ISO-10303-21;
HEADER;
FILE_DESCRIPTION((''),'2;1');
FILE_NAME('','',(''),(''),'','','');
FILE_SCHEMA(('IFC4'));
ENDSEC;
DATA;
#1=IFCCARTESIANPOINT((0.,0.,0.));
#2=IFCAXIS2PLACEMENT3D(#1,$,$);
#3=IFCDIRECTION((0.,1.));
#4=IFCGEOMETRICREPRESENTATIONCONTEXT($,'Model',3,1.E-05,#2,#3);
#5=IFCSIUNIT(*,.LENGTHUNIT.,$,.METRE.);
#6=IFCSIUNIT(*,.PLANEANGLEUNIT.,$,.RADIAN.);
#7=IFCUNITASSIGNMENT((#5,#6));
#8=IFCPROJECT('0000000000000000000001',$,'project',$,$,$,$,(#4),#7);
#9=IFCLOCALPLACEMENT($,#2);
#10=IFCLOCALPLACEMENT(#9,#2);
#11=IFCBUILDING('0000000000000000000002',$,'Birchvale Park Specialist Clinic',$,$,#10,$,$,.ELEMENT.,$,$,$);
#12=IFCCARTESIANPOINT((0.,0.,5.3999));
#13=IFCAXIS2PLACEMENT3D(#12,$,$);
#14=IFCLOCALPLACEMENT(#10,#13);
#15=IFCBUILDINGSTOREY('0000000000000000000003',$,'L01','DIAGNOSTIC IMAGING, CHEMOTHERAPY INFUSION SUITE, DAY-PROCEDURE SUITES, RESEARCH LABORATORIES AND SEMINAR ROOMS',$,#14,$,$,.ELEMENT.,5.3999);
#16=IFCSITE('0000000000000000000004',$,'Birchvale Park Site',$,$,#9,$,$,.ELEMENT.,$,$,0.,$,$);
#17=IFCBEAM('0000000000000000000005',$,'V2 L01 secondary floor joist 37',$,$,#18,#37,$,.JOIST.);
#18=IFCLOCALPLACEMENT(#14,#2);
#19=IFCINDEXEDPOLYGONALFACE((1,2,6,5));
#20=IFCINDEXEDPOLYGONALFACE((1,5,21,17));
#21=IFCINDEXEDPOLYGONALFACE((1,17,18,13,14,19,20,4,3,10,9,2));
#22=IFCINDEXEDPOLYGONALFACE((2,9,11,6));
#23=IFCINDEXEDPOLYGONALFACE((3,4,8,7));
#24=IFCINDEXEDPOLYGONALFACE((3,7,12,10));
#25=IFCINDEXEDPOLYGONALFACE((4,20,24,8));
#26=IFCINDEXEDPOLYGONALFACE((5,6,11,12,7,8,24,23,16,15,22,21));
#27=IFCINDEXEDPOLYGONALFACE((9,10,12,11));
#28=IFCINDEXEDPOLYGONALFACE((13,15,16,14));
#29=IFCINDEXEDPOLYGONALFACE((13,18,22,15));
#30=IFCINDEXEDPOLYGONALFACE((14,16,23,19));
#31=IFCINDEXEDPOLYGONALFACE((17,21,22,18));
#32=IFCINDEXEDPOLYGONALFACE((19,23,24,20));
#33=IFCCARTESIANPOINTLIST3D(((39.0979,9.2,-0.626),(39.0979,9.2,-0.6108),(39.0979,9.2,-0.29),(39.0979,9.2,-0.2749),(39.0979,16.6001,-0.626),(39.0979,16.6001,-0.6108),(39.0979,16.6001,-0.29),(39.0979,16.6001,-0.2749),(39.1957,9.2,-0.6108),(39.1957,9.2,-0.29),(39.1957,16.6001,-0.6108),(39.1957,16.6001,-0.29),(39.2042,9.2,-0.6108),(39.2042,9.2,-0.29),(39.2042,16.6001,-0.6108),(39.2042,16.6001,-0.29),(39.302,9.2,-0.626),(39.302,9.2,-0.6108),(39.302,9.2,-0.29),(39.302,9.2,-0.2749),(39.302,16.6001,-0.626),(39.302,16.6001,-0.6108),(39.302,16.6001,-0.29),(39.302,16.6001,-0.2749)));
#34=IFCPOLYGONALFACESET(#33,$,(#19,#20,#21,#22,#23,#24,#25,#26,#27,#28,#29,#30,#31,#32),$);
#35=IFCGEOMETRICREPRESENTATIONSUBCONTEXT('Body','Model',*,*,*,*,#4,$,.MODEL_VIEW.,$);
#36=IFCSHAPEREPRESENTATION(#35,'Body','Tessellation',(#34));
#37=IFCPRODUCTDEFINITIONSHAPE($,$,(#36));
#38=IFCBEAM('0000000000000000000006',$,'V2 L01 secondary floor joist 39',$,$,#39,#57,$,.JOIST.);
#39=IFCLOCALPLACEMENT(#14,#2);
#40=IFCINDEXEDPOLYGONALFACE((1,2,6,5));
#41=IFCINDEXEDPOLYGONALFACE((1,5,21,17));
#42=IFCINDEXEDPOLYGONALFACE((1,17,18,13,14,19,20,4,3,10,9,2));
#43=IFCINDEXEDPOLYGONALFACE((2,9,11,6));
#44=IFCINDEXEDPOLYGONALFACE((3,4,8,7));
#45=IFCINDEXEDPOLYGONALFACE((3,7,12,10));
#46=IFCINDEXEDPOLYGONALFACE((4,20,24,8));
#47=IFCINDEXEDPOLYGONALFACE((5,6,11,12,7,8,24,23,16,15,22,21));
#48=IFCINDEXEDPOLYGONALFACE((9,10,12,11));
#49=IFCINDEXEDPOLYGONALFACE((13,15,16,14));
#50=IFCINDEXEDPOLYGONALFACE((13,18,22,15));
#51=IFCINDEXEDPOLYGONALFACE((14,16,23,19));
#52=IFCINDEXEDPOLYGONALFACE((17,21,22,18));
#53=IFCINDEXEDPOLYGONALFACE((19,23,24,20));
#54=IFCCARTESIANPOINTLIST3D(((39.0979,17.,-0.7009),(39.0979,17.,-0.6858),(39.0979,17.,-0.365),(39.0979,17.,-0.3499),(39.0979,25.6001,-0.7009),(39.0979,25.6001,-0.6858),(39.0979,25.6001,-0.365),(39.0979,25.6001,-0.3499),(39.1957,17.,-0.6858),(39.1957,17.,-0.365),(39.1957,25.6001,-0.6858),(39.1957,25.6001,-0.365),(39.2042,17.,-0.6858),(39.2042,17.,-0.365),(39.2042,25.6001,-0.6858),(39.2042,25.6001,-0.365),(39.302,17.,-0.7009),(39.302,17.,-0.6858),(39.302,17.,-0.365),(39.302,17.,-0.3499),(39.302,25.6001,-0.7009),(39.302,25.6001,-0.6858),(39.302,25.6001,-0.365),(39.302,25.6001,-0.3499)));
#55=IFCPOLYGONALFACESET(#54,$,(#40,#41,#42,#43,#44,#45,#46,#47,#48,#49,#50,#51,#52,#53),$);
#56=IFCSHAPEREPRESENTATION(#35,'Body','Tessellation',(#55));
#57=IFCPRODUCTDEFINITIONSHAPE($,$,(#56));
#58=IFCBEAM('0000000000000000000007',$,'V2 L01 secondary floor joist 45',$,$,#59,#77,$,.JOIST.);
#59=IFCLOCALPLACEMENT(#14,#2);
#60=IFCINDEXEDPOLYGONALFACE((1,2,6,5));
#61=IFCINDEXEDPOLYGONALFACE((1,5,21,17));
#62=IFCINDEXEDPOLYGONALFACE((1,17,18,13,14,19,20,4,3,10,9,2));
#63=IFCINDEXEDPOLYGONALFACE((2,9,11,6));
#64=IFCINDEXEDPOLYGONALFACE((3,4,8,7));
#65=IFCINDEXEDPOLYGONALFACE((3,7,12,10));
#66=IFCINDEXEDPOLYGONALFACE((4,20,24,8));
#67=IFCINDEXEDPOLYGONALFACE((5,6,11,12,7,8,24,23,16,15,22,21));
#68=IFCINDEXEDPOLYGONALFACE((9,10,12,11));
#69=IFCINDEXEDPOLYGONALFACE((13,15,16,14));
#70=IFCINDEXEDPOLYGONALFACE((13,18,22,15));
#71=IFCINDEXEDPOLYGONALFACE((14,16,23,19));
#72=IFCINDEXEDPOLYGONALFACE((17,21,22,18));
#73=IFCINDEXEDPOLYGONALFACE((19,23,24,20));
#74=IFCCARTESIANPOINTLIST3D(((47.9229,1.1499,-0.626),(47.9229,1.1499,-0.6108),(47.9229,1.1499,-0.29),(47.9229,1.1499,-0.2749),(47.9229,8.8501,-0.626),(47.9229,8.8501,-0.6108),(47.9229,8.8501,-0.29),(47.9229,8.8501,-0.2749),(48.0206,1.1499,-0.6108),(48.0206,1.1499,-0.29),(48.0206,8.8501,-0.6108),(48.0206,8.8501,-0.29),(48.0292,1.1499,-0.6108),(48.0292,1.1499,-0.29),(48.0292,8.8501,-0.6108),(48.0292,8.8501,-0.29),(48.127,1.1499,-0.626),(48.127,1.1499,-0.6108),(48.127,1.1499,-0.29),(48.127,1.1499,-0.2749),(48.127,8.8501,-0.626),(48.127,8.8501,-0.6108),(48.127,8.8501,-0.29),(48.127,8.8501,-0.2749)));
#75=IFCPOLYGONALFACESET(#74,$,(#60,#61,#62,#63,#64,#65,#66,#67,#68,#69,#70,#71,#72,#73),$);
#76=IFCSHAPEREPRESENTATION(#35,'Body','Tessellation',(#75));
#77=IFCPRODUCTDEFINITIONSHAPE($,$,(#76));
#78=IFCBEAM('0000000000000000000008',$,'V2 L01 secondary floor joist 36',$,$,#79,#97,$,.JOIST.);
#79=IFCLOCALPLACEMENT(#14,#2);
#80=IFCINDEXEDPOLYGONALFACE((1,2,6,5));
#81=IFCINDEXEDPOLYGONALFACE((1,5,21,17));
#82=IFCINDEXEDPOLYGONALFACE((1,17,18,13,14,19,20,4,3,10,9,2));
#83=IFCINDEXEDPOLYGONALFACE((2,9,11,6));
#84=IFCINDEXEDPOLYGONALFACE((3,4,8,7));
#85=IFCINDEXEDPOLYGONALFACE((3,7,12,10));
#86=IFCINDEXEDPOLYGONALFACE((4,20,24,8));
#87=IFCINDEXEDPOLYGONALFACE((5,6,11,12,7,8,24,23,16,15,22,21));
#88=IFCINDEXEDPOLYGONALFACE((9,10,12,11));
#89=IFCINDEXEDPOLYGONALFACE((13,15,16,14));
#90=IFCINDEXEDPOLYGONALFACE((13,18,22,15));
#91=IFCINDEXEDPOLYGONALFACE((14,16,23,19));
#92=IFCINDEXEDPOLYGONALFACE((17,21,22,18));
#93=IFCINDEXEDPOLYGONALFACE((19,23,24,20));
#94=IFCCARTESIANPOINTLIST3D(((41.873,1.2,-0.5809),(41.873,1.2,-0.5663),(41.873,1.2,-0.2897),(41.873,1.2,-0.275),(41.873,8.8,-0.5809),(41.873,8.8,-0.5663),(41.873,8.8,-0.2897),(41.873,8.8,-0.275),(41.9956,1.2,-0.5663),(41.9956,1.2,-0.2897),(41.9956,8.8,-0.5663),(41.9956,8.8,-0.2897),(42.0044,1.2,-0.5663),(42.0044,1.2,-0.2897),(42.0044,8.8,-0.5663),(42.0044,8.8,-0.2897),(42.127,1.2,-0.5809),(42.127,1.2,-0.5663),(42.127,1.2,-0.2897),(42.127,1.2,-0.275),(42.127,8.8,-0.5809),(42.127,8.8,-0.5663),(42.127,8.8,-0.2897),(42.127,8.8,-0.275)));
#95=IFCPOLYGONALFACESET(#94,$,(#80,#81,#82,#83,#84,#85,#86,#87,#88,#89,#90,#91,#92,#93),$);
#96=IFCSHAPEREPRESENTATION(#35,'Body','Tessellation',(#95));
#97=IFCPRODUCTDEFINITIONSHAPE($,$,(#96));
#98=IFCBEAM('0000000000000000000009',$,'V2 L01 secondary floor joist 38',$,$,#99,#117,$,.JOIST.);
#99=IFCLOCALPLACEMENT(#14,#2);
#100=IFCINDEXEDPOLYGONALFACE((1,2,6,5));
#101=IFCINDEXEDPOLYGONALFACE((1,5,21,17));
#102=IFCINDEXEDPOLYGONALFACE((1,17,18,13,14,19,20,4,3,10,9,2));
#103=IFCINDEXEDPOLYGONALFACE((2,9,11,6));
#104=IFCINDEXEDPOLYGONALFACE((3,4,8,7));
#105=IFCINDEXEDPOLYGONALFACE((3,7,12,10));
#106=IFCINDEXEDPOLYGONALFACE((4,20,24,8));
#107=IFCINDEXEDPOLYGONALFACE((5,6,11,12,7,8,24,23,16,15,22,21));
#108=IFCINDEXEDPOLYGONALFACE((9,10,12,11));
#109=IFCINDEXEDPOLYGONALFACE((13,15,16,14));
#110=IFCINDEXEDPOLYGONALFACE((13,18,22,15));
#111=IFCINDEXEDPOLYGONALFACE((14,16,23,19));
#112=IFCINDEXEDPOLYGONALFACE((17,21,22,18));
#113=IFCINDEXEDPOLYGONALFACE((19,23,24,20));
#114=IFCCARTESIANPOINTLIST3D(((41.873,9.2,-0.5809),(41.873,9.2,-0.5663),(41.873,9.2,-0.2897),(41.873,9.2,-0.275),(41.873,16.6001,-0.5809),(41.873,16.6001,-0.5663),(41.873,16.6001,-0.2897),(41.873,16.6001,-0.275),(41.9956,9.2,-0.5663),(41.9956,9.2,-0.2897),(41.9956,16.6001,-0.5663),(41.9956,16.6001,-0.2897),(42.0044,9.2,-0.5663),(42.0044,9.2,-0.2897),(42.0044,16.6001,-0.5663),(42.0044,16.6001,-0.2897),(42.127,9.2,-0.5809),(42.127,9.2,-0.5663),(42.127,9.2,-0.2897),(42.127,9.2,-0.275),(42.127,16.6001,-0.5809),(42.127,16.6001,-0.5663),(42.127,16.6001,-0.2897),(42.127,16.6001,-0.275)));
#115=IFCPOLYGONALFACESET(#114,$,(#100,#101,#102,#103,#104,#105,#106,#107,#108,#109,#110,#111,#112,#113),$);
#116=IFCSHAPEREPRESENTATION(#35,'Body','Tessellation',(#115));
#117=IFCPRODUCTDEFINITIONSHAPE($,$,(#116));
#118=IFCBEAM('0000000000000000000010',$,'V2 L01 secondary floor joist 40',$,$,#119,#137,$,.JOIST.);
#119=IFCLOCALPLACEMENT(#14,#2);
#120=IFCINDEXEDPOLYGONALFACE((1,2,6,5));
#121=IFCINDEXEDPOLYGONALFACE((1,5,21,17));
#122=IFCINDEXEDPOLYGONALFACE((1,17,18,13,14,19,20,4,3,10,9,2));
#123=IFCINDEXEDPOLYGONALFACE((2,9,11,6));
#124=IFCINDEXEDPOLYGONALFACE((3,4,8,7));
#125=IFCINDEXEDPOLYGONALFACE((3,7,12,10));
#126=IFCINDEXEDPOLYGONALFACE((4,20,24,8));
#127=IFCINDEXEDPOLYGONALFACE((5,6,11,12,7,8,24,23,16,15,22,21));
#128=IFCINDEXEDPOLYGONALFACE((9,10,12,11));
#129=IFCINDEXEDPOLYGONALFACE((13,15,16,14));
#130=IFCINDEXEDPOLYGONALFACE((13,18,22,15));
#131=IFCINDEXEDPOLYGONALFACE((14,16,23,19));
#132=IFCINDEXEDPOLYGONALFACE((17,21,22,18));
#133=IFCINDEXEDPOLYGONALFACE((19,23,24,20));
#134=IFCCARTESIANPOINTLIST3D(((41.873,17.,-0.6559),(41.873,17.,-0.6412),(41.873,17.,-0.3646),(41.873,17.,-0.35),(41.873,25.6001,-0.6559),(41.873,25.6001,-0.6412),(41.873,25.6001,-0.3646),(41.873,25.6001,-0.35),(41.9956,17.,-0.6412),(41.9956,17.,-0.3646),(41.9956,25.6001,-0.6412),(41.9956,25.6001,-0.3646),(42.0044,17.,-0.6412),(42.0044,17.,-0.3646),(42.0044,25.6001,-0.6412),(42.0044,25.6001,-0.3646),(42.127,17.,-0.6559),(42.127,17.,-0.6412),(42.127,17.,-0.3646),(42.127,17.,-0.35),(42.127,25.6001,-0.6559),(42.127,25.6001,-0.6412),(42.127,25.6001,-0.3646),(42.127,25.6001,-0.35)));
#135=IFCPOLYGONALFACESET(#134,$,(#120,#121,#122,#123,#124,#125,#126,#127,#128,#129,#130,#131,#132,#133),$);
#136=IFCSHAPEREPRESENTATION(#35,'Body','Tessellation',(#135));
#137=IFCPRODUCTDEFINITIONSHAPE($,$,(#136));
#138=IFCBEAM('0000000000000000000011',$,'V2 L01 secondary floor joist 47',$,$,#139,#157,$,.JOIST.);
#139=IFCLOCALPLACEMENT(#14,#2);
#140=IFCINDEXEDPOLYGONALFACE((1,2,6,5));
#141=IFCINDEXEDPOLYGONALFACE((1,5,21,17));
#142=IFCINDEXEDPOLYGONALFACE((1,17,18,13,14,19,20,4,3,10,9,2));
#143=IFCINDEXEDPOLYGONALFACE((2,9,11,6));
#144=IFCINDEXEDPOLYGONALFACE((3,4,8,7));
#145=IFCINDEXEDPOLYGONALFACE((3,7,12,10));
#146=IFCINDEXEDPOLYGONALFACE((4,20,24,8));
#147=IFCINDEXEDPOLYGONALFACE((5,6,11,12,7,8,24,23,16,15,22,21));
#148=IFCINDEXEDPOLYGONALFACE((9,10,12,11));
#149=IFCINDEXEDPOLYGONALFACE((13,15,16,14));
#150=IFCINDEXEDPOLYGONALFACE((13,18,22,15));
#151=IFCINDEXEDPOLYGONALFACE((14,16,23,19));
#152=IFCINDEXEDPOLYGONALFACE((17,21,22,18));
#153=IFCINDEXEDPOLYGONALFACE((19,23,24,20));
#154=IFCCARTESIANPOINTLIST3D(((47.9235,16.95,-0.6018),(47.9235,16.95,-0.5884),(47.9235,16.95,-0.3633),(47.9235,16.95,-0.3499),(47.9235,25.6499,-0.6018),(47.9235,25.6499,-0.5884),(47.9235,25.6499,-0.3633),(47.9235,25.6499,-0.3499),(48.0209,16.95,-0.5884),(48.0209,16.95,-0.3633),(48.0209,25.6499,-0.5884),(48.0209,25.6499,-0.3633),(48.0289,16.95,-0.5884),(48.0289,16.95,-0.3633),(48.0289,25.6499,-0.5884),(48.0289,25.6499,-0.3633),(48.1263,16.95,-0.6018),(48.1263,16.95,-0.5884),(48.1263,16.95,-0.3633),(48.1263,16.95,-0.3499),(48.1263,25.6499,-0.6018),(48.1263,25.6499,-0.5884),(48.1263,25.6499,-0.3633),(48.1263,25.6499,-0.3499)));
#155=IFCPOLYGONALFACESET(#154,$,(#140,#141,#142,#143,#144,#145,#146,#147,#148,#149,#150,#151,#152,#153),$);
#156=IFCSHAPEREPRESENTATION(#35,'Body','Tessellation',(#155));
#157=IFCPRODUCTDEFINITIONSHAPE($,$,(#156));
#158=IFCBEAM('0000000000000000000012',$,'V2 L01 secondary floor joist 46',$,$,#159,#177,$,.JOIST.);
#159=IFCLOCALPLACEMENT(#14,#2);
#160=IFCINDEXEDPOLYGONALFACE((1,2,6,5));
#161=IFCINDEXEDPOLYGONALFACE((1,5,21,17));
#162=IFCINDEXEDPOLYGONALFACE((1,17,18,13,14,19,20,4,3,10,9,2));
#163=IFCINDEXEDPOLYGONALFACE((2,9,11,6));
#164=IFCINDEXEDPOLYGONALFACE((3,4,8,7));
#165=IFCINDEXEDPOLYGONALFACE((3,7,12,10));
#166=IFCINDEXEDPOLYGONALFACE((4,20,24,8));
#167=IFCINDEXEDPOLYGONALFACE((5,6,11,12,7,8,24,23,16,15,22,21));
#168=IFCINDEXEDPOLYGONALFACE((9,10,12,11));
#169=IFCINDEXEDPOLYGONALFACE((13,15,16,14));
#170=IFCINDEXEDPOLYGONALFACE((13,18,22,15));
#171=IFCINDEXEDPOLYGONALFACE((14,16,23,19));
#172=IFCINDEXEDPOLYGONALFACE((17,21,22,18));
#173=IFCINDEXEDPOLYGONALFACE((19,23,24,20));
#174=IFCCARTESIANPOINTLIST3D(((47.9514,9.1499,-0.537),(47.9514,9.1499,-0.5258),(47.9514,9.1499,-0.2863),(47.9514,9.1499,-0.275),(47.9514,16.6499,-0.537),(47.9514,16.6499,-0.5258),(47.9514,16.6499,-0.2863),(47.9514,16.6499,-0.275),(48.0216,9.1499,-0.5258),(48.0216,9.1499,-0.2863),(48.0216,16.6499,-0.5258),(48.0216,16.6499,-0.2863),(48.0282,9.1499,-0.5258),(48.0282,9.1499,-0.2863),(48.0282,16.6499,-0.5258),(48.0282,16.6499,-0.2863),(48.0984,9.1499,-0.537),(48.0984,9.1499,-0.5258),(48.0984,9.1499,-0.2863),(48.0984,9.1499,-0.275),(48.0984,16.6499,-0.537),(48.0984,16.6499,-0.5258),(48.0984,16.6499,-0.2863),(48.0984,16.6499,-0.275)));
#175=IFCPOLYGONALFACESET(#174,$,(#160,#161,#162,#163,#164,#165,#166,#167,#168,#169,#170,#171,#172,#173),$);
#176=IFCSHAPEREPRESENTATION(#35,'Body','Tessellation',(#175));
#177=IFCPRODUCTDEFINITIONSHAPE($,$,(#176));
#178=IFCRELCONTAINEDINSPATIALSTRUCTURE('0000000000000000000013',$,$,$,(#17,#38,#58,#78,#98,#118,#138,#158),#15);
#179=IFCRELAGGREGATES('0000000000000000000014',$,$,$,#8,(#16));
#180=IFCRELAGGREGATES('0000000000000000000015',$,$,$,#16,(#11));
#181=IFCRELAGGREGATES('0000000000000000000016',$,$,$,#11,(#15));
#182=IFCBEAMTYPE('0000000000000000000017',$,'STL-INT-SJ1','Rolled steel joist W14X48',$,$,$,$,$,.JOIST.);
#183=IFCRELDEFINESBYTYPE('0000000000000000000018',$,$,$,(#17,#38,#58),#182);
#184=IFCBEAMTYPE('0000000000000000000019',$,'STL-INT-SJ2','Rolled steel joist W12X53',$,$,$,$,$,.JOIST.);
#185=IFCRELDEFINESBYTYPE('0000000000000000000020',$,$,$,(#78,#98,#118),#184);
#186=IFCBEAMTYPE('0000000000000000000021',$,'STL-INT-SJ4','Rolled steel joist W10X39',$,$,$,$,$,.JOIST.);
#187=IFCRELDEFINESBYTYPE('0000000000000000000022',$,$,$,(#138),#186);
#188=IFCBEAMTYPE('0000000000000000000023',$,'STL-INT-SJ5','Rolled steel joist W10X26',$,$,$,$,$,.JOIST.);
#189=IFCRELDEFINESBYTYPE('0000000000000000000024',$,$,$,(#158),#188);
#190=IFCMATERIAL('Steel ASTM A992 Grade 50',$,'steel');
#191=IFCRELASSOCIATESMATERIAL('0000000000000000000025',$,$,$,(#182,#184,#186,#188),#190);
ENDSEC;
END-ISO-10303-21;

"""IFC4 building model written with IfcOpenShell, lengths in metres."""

from ifc_helpers import new_model, si_unit, direction, frame, origin, origin_2d, place, context, subcontext, project, spatial, i_section, extrude, material, material_profile, profile_set, type_object, element, save


model = new_model("IFC4")

# Units and contexts
model_context = context("Model", 3, precision=1e-05, world=origin(), true_north=direction((0.0, 1.0)))
body_context = subcontext(model_context, "Body", "Model", "MODEL_VIEW")
ifc_project = project(units=[si_unit("LENGTHUNIT", "METRE"), si_unit("PLANEANGLEUNIT", "RADIAN")], contexts=[model_context])

# Site, building, storey
site_placement = place(None, origin())
site = spatial("IfcSite", under=ifc_project, at=site_placement, Name="Birchvale Park Site", CompositionType="ELEMENT", RefElevation=0.0)
building_placement = place(site_placement, origin())
building = spatial("IfcBuilding", under=site, at=building_placement, Name="Birchvale Park Specialist Clinic", CompositionType="ELEMENT")
storey_placement = place(building_placement, frame((0.0, 0.0, 5.3999)))
storey = spatial("IfcBuildingStorey", under=building, at=storey_placement, Name="L01", Description="DIAGNOSTIC IMAGING, CHEMOTHERAPY INFUSION SUITE, DAY-PROCEDURE SUITES, RESEARCH LABORATORIES AND SEMINAR ROOMS", CompositionType="ELEMENT", Elevation=5.3999)

# Beams
ifc_material_1 = material(Name="Steel ASTM A992 Grade 50", Category="steel")
ifc_material_profile_1 = material_profile(ifc_material_1, i_section(OverallWidth=0.2041, OverallDepth=0.3511, WebThickness=0.0085, FlangeThickness=0.0151, at=origin_2d()), Name="W14X48")
ifc_profile_set_1 = profile_set([ifc_material_profile_1], Name="Steel ASTM A992 Grade 50")
beam_type_1 = type_object("IfcBeamType", Name="STL-INT-SJ1", Description="Rolled steel joist W14X48", PredefinedType="JOIST", material=ifc_profile_set_1)
beam_1_placement = place(storey_placement, frame((39.2, 9.2, -0.4504), z_axis=(0.0, 1.0, 0.0), x_axis=(-1.0, 0.0, 0.0)))
element("IfcBeam", 1, at=beam_1_placement, inside=storey, type_object=beam_type_1, Name="V2 L01 secondary floor joist 37", PredefinedType="JOIST", context=body_context, shape_type="SweptSolid", body=[
    extrude(i_section(OverallWidth=0.2041, OverallDepth=0.3511, WebThickness=0.0085, FlangeThickness=0.0151, at=origin_2d()), origin(), (0.0, 0.0, 1.0), 7.4001),
])
beam_2_placement = place(storey_placement, frame((39.2, 17.0, -0.5254), z_axis=(0.0, 1.0, 0.0), x_axis=(-1.0, 0.0, 0.0)))
element("IfcBeam", 2, at=beam_2_placement, inside=storey, type_object=beam_type_1, Name="V2 L01 secondary floor joist 39", PredefinedType="JOIST", context=body_context, shape_type="SweptSolid", body=[
    extrude(i_section(OverallWidth=0.2041, OverallDepth=0.3511, WebThickness=0.0085, FlangeThickness=0.0151, at=origin_2d()), origin(), (0.0, 0.0, 1.0), 8.6001),
])
beam_3_placement = place(storey_placement, frame((48.0249, 1.1499, -0.4504), z_axis=(0.0, 1.0, 0.0), x_axis=(-1.0, 0.0, 0.0)))
element("IfcBeam", 3, at=beam_3_placement, inside=storey, type_object=beam_type_1, Name="V2 L01 secondary floor joist 45", PredefinedType="JOIST", context=body_context, shape_type="SweptSolid", body=[
    extrude(i_section(OverallWidth=0.2041, OverallDepth=0.3511, WebThickness=0.0085, FlangeThickness=0.0151, at=origin_2d()), origin(), (0.0, 0.0, 1.0), 7.7002),
])
ifc_material_profile_2 = material_profile(ifc_material_1, i_section(OverallWidth=0.2539, OverallDepth=0.3059, WebThickness=0.0088, FlangeThickness=0.0146, at=origin_2d()), Name="W12X53")
ifc_profile_set_2 = profile_set([ifc_material_profile_2], Name="Steel ASTM A992 Grade 50")
beam_type_2 = type_object("IfcBeamType", Name="STL-INT-SJ2", Description="Rolled steel joist W12X53", PredefinedType="JOIST", material=ifc_profile_set_2)
beam_4_placement = place(storey_placement, frame((42.0, 1.2, -0.428), z_axis=(0.0, 1.0, 0.0), x_axis=(-1.0, 0.0, 0.0)))
element("IfcBeam", 4, at=beam_4_placement, inside=storey, type_object=beam_type_2, Name="V2 L01 secondary floor joist 36", PredefinedType="JOIST", context=body_context, shape_type="SweptSolid", body=[
    extrude(i_section(OverallWidth=0.2539, OverallDepth=0.3059, WebThickness=0.0088, FlangeThickness=0.0146, at=origin_2d()), origin(), (0.0, 0.0, 1.0), 7.6001),
])
beam_5_placement = place(storey_placement, frame((42.0, 9.2, -0.428), z_axis=(0.0, 1.0, 0.0), x_axis=(-1.0, 0.0, 0.0)))
element("IfcBeam", 5, at=beam_5_placement, inside=storey, type_object=beam_type_2, Name="V2 L01 secondary floor joist 38", PredefinedType="JOIST", context=body_context, shape_type="SweptSolid", body=[
    extrude(i_section(OverallWidth=0.2539, OverallDepth=0.3059, WebThickness=0.0088, FlangeThickness=0.0146, at=origin_2d()), origin(), (0.0, 0.0, 1.0), 7.4001),
])
beam_6_placement = place(storey_placement, frame((42.0, 17.0, -0.5029), z_axis=(0.0, 1.0, 0.0), x_axis=(-1.0, 0.0, 0.0)))
element("IfcBeam", 6, at=beam_6_placement, inside=storey, type_object=beam_type_2, Name="V2 L01 secondary floor joist 40", PredefinedType="JOIST", context=body_context, shape_type="SweptSolid", body=[
    extrude(i_section(OverallWidth=0.2539, OverallDepth=0.3059, WebThickness=0.0088, FlangeThickness=0.0146, at=origin_2d()), origin(), (0.0, 0.0, 1.0), 8.6001),
])
ifc_material_profile_3 = material_profile(ifc_material_1, i_section(OverallWidth=0.2029, OverallDepth=0.252, WebThickness=0.0081, FlangeThickness=0.0134, at=origin_2d()), Name="W10X39")
ifc_profile_set_3 = profile_set([ifc_material_profile_3], Name="Steel ASTM A992 Grade 50")
beam_type_3 = type_object("IfcBeamType", Name="STL-INT-SJ4", Description="Rolled steel joist W10X39", PredefinedType="JOIST", material=ifc_profile_set_3)
beam_7_placement = place(storey_placement, frame((48.0249, 16.95, -0.4758), z_axis=(0.0, 1.0, 0.0), x_axis=(-1.0, 0.0, 0.0)))
element("IfcBeam", 7, at=beam_7_placement, inside=storey, type_object=beam_type_3, Name="V2 L01 secondary floor joist 47", PredefinedType="JOIST", context=body_context, shape_type="SweptSolid", body=[
    extrude(i_section(OverallWidth=0.2029, OverallDepth=0.252, WebThickness=0.0081, FlangeThickness=0.0134, at=origin_2d()), origin(), (0.0, 0.0, 1.0), 8.7),
])
ifc_material_profile_4 = material_profile(ifc_material_1, i_section(OverallWidth=0.147, OverallDepth=0.262, WebThickness=0.0066, FlangeThickness=0.0112, at=origin_2d()), Name="W10X26")
ifc_profile_set_4 = profile_set([ifc_material_profile_4], Name="Steel ASTM A992 Grade 50")
beam_type_4 = type_object("IfcBeamType", Name="STL-INT-SJ5", Description="Rolled steel joist W10X26", PredefinedType="JOIST", material=ifc_profile_set_4)
beam_8_placement = place(storey_placement, frame((48.0249, 9.1499, -0.406), z_axis=(0.0, 1.0, 0.0), x_axis=(-1.0, 0.0, 0.0)))
element("IfcBeam", 8, at=beam_8_placement, inside=storey, type_object=beam_type_4, Name="V2 L01 secondary floor joist 46", PredefinedType="JOIST", context=body_context, shape_type="SweptSolid", body=[
    extrude(i_section(OverallWidth=0.147, OverallDepth=0.262, WebThickness=0.0066, FlangeThickness=0.0112, at=origin_2d()), origin(), (0.0, 0.0, 1.0), 7.5),
])

save(model, "model.ifc")
